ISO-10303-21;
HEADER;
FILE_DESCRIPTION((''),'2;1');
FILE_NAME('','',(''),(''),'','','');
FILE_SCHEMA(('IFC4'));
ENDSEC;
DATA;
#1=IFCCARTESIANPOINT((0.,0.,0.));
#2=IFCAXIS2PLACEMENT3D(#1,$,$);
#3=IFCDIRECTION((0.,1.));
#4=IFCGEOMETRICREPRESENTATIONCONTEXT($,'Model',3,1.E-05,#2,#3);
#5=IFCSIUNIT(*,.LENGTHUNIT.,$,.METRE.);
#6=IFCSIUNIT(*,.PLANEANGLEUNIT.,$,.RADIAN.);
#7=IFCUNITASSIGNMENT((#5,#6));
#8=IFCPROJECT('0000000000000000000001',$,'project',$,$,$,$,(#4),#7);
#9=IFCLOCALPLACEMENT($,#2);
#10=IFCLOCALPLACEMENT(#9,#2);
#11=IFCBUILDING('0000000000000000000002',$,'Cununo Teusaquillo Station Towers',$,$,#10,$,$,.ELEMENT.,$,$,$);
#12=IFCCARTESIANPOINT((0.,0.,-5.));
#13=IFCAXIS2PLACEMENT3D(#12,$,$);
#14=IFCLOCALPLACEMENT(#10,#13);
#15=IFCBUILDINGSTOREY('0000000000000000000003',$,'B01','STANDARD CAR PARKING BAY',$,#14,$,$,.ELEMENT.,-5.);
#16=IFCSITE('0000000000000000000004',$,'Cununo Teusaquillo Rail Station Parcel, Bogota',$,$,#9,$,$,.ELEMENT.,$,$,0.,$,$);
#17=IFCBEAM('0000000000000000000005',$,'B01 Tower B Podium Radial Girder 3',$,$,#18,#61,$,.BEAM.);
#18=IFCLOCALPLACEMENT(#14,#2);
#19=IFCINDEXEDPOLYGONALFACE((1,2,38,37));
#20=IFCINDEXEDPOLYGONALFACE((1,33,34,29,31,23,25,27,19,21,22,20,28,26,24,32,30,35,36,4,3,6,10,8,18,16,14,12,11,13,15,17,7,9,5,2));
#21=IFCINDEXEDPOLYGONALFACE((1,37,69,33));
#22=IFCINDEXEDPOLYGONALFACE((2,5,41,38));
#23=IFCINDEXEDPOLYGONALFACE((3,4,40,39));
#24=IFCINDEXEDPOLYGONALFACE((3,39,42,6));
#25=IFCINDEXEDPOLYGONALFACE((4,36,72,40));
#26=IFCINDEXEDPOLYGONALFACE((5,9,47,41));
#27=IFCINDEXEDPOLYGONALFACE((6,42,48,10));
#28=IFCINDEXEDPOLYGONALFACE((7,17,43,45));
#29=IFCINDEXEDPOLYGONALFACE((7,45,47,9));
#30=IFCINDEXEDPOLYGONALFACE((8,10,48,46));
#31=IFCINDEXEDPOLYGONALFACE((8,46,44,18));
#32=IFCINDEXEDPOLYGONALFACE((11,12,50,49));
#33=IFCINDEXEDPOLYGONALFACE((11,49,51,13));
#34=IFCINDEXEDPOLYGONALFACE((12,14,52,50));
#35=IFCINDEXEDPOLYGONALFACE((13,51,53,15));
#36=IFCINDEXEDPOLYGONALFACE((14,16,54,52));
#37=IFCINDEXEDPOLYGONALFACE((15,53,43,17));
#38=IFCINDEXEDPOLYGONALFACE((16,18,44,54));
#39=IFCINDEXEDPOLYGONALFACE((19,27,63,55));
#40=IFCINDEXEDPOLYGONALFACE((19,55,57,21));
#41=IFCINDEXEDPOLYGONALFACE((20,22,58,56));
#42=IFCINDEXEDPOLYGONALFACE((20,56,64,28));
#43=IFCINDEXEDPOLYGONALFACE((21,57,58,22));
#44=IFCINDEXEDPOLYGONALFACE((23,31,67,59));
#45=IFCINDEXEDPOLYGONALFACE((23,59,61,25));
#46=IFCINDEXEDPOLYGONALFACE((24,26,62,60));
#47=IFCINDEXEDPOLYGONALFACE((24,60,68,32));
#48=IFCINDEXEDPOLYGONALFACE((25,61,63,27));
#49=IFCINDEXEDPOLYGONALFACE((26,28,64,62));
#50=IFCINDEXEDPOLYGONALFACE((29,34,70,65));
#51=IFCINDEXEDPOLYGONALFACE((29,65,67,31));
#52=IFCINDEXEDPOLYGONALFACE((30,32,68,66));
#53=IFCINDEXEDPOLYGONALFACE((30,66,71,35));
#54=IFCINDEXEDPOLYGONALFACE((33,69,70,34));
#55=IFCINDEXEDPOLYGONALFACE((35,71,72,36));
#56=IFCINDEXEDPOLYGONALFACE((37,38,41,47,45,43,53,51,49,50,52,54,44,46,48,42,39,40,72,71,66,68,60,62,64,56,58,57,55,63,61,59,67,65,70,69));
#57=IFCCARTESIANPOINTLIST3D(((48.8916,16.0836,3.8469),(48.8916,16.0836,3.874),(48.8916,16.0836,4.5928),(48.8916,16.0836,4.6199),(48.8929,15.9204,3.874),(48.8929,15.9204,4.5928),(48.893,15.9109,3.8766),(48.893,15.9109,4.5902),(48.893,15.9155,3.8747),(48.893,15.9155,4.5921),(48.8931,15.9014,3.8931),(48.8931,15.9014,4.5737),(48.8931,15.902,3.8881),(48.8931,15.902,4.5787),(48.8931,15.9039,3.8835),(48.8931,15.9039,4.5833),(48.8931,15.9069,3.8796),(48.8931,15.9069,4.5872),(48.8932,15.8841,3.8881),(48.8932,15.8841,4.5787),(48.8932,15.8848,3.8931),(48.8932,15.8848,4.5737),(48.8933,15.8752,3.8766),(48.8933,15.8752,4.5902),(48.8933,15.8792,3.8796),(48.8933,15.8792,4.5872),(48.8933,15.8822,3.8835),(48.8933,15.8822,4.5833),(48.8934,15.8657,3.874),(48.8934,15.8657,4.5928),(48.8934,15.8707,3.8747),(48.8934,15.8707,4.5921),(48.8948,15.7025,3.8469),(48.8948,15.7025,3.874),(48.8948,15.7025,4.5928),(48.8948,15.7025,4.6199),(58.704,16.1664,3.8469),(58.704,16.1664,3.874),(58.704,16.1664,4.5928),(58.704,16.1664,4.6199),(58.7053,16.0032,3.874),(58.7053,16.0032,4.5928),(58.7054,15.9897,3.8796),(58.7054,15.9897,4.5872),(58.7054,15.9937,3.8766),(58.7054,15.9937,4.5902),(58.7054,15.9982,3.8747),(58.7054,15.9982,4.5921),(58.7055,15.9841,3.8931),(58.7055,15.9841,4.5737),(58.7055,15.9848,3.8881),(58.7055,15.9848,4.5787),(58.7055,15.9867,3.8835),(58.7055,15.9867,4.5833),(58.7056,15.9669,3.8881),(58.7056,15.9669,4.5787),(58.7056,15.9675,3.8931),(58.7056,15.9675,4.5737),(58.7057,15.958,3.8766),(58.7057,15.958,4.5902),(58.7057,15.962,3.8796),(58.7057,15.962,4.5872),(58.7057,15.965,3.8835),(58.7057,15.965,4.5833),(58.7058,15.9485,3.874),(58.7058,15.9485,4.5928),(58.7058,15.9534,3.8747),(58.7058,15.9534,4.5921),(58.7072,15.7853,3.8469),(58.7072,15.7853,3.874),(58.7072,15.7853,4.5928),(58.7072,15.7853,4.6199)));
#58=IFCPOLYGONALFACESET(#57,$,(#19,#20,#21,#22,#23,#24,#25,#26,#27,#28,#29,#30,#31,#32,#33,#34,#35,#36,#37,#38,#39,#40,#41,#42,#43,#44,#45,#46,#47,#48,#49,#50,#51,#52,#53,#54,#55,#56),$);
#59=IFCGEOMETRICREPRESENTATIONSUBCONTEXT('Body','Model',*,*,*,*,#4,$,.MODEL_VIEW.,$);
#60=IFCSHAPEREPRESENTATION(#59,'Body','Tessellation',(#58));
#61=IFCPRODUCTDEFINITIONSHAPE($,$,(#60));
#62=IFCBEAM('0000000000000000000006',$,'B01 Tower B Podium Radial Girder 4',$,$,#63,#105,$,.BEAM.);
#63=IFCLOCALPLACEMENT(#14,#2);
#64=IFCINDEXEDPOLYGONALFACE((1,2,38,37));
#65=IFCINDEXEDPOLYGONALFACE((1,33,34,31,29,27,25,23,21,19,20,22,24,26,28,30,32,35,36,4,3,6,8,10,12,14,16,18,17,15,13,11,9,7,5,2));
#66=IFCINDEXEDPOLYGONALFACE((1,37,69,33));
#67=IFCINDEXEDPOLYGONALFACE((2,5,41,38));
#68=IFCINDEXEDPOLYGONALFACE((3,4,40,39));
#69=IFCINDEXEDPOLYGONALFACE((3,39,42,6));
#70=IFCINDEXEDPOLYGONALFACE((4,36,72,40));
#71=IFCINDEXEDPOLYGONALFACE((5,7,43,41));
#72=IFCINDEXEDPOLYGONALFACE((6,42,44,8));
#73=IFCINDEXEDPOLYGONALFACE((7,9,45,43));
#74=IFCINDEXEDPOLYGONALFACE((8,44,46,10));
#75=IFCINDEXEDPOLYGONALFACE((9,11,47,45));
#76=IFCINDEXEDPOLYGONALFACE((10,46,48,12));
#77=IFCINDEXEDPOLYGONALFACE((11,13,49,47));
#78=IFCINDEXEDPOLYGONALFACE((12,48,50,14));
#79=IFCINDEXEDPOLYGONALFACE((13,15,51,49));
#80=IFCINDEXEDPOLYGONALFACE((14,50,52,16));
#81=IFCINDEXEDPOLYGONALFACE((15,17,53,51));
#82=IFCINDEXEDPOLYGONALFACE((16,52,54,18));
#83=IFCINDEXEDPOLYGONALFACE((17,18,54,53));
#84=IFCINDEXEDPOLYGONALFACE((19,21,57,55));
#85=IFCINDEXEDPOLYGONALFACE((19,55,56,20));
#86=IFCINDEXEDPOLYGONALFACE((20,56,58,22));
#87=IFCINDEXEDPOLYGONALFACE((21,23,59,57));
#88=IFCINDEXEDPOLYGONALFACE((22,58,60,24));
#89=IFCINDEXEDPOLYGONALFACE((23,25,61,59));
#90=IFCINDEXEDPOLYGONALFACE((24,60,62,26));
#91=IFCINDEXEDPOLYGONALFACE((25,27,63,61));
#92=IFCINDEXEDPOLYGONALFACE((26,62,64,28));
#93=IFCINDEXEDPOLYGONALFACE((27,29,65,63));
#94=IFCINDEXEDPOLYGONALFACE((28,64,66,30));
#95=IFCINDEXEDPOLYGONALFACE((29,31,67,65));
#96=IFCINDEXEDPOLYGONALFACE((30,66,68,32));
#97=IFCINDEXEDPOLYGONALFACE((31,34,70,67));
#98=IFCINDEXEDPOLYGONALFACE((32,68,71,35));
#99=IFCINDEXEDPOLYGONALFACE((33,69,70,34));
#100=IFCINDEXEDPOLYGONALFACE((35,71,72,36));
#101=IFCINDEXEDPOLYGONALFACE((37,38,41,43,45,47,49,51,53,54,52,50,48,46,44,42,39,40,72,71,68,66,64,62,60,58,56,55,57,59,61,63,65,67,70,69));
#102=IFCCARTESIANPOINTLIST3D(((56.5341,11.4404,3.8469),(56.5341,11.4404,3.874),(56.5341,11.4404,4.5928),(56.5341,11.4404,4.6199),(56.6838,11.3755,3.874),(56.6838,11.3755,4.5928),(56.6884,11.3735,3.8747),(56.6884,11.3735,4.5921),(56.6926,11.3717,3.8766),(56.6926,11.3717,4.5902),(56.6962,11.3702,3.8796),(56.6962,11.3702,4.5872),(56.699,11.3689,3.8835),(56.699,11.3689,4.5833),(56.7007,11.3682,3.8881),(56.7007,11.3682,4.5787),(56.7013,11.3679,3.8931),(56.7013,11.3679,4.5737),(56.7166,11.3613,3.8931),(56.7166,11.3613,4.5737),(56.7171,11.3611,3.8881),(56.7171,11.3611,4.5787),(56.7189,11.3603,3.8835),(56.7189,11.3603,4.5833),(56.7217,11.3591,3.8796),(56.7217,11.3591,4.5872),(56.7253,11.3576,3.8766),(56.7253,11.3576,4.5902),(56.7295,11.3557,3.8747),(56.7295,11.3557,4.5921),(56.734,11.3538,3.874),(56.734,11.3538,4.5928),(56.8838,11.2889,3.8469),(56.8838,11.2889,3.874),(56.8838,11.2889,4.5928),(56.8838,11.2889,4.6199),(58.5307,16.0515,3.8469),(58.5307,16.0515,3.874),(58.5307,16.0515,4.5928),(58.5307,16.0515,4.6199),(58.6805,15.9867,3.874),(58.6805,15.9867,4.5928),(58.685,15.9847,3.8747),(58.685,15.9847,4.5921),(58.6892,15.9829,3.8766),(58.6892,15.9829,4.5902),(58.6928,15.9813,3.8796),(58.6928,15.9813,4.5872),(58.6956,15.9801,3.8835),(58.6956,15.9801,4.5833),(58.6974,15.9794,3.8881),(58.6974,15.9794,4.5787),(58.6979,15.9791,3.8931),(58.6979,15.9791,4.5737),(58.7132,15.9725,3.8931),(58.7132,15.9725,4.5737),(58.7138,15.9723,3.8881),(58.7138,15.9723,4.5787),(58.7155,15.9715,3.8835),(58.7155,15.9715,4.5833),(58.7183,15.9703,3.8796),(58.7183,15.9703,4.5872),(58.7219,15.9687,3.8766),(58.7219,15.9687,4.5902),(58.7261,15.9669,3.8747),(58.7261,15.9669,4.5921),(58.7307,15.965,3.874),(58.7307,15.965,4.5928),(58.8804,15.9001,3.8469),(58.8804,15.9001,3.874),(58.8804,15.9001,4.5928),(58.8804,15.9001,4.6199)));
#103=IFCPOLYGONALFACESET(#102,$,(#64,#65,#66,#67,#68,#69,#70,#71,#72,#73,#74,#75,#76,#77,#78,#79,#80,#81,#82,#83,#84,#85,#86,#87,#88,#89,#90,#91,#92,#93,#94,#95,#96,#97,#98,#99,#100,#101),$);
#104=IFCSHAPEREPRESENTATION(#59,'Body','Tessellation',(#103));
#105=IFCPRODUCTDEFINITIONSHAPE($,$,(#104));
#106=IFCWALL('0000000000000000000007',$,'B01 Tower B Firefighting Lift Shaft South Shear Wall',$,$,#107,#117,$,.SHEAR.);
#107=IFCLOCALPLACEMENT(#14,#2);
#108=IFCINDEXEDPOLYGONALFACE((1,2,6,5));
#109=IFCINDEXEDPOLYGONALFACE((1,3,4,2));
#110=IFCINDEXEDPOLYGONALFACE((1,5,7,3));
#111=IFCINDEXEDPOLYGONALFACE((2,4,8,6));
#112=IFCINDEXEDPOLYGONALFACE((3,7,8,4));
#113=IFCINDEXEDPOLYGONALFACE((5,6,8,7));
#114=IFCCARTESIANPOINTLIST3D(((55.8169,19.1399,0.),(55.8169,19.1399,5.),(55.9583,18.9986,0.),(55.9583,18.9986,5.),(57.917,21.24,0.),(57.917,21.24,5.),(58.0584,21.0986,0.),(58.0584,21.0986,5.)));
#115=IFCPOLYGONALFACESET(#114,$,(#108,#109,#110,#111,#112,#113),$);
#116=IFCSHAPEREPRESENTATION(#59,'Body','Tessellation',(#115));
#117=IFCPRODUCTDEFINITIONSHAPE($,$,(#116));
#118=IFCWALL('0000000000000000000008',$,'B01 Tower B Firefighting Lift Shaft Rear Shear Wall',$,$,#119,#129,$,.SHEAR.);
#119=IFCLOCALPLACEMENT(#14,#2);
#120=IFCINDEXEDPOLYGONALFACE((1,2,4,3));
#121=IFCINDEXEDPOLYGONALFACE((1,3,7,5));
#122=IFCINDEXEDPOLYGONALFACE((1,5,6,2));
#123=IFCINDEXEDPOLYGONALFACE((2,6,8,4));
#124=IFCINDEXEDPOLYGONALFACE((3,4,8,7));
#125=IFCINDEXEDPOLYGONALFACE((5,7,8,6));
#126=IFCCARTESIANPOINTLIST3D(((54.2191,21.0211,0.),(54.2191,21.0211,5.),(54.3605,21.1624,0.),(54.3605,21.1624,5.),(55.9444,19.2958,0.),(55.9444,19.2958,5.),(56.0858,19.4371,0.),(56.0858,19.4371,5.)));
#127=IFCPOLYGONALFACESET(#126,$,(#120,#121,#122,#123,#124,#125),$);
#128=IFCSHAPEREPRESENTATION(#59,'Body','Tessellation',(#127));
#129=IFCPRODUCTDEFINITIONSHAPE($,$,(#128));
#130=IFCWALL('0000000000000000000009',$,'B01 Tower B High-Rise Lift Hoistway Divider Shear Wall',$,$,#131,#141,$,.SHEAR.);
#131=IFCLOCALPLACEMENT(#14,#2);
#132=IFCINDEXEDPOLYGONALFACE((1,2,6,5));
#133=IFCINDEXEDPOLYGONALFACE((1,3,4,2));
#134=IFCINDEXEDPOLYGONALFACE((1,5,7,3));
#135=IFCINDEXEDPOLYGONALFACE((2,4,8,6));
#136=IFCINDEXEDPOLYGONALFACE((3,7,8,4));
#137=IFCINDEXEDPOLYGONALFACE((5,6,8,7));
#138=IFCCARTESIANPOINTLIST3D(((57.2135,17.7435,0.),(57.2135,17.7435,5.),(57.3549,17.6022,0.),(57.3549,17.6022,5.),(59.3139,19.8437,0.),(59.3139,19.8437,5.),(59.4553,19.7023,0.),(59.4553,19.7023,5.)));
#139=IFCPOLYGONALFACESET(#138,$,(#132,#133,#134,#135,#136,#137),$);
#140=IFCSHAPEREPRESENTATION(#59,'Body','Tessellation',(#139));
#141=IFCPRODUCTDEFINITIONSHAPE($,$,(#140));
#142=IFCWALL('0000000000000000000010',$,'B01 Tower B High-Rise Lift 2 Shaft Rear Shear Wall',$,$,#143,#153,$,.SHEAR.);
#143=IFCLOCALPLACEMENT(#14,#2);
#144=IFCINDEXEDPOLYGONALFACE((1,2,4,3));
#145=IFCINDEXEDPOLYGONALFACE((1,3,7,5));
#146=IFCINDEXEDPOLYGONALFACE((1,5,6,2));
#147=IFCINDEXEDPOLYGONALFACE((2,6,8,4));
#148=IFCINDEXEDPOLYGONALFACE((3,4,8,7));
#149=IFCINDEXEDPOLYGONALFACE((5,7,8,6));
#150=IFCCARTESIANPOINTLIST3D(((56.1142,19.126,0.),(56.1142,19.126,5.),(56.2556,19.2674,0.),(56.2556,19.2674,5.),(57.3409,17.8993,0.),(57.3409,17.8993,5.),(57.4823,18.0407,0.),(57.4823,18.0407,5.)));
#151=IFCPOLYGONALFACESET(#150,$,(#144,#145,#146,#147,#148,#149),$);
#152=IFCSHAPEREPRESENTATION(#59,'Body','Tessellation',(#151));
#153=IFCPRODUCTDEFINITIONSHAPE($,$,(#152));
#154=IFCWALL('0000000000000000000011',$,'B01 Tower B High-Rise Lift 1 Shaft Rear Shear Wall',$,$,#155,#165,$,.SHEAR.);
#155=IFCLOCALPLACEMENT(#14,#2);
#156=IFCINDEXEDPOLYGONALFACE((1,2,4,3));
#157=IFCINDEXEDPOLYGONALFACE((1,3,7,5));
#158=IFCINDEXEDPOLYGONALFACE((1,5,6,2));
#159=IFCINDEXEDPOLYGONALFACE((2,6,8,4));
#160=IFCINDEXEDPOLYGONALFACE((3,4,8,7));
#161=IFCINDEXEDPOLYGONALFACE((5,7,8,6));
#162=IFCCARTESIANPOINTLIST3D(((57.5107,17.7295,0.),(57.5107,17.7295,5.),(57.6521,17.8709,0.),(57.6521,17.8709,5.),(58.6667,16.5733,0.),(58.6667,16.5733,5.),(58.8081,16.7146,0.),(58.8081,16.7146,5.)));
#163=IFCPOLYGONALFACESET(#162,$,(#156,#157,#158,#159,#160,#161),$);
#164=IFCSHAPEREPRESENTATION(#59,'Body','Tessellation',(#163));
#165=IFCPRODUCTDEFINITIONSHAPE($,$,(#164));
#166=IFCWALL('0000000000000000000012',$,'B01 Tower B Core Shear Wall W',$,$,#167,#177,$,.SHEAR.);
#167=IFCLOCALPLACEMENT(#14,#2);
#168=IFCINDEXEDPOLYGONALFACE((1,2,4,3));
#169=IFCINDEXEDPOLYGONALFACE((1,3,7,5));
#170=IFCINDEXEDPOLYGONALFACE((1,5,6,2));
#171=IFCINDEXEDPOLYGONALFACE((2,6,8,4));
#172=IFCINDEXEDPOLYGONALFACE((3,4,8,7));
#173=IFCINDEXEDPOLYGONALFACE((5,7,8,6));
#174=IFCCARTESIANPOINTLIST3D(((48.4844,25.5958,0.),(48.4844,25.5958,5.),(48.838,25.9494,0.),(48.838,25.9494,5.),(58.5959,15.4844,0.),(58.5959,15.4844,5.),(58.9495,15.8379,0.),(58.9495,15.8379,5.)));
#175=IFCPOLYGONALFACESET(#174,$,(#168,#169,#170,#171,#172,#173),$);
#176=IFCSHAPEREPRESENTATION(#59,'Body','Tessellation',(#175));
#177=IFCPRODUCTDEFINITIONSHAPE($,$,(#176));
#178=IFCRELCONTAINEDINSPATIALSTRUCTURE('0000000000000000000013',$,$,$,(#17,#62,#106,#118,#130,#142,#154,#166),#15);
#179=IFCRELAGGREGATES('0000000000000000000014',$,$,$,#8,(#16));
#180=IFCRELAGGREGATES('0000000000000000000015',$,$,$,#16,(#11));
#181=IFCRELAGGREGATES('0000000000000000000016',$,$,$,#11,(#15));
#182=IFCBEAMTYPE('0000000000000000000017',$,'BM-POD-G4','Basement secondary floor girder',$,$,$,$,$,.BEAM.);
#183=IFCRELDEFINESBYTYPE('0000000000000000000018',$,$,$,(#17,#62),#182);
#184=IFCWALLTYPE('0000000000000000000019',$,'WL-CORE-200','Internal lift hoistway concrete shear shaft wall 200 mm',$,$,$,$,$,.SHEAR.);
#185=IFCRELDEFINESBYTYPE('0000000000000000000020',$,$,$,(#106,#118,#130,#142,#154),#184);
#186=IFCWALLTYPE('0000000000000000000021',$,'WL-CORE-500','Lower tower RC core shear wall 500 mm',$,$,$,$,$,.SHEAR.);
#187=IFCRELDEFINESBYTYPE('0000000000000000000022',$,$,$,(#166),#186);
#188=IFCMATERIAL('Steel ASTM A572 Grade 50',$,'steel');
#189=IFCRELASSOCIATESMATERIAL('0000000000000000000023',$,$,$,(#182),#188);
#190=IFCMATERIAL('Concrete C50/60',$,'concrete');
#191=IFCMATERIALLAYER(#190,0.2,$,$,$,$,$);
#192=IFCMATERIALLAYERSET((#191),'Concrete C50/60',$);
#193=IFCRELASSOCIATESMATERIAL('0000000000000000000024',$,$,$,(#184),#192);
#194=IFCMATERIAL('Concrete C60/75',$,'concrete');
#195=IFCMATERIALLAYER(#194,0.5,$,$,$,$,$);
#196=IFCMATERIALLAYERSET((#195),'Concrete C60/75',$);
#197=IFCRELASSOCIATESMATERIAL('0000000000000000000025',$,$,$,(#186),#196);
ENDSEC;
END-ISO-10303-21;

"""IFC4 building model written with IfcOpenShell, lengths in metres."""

from ifc_helpers import new_model, si_unit, direction, frame, frame_2d, origin, origin_2d, place, context, subcontext, project, spatial, rectangle, i_section, extrude, material, layer, layer_set, material_profile, profile_set, type_object, element, save


model = new_model("IFC4")

# Units and contexts
model_context = context("Model", 3, precision=1e-05, world=origin(), true_north=direction((0.0, 1.0)))
body_context = subcontext(model_context, "Body", "Model", "MODEL_VIEW")
ifc_project = project(units=[si_unit("LENGTHUNIT", "METRE"), si_unit("PLANEANGLEUNIT", "RADIAN")], contexts=[model_context])

# Site, building, storey
site_placement = place(None, origin())
site = spatial("IfcSite", under=ifc_project, at=site_placement, Name="Cununo Teusaquillo Rail Station Parcel, Bogota", CompositionType="ELEMENT", RefElevation=0.0)
building_placement = place(site_placement, origin())
building = spatial("IfcBuilding", under=site, at=building_placement, Name="Cununo Teusaquillo Station Towers", CompositionType="ELEMENT")
storey_placement = place(building_placement, frame((0.0, 0.0, -5.0)))
storey = spatial("IfcBuildingStorey", under=building, at=storey_placement, Name="B01", Description="STANDARD CAR PARKING BAY", CompositionType="ELEMENT", Elevation=-5.0)

# Beams
ifc_material_1 = material(Name="Steel ASTM A572 Grade 50", Category="steel")
ifc_material_profile_1 = material_profile(ifc_material_1, i_section(OverallWidth=0.3811, OverallDepth=0.7729, WebThickness=0.0166, FlangeThickness=0.0271, FilletRadius=0.019, at=origin_2d()), Name="W30X173")
ifc_profile_set_1 = profile_set([ifc_material_profile_1], Name="Steel ASTM A572 Grade 50")
beam_type_1 = type_object("IfcBeamType", Name="BM-POD-G4", Description="Basement secondary floor girder", PredefinedType="BEAM", material=ifc_profile_set_1)
beam_1_placement = place(storey_placement, frame((58.7056, 15.9758, 4.2334), z_axis=(-0.999964, -0.008434, 0.0), x_axis=(0.008434, -0.999964, 0.0)))
element("IfcBeam", 1, at=beam_1_placement, inside=storey, type_object=beam_type_1, Name="B01 Tower B Podium Radial Girder 3", PredefinedType="BEAM", context=body_context, shape_type="SweptSolid", body=[
    extrude(i_section(OverallWidth=0.3811, OverallDepth=0.7729, WebThickness=0.0166, FlangeThickness=0.0271, FilletRadius=0.019, at=origin_2d()), origin(), (0.0, 0.0, 1.0), 9.8127),
])
beam_2_placement = place(storey_placement, frame((58.7056, 15.9758, 4.2334), z_axis=(-0.397347, -0.917668, 0.0), x_axis=(0.917668, -0.397347, 0.0)))
element("IfcBeam", 2, at=beam_2_placement, inside=storey, type_object=beam_type_1, Name="B01 Tower B Podium Radial Girder 4", PredefinedType="BEAM", context=body_context, shape_type="SweptSolid", body=[
    extrude(i_section(OverallWidth=0.3811, OverallDepth=0.7729, WebThickness=0.0166, FlangeThickness=0.0271, FilletRadius=0.019, at=origin_2d()), origin(), (0.0, 0.0, 1.0), 5.0249),
])

# Walls
ifc_material_2 = material(Name="Concrete C50/60", Category="concrete")
ifc_layer_1 = layer(ifc_material_2, 0.2)
ifc_layer_set_1 = layer_set([ifc_layer_1], Name="Concrete C50/60")
wall_type_1 = type_object("IfcWallType", Name="WL-CORE-200", Description="Internal lift hoistway concrete shear shaft wall 200 mm", PredefinedType="SHEAR", material=ifc_layer_set_1)
wall_1_placement = place(storey_placement, frame((55.8877, 19.0693, 0.0), z_axis=(0.0, 0.0, 1.0), x_axis=(0.707107, 0.707107, 0.0)))
element("IfcWall", 3, at=wall_1_placement, inside=storey, type_object=wall_type_1, Name="B01 Tower B Firefighting Lift Shaft South Shear Wall", PredefinedType="SHEAR", context=body_context, shape_type="SweptSolid", body=[
    extrude(rectangle(XDim=2.97, YDim=0.2, at=frame_2d((1.4849, 0.0))), origin(), (0.0, 0.0, 1.0), 5.0),
])
wall_2_placement = place(storey_placement, frame((56.0151, 19.3665, 0.0), z_axis=(0.0, 0.0, 1.0), x_axis=(-0.707107, 0.707107, 0.0)))
element("IfcWall", 4, at=wall_2_placement, inside=storey, type_object=wall_type_1, Name="B01 Tower B Firefighting Lift Shaft Rear Shear Wall", PredefinedType="SHEAR", context=body_context, shape_type="SweptSolid", body=[
    extrude(rectangle(XDim=2.4399, YDim=0.2, at=frame_2d((1.22, 0.0))), origin(), (0.0, 0.0, 1.0), 5.0),
])
wall_3_placement = place(storey_placement, frame((57.2842, 17.6729, 0.0), z_axis=(0.0, 0.0, 1.0), x_axis=(0.707148, 0.707066, 0.0)))
element("IfcWall", 5, at=wall_3_placement, inside=storey, type_object=wall_type_1, Name="B01 Tower B High-Rise Lift Hoistway Divider Shear Wall", PredefinedType="SHEAR", context=body_context, shape_type="SweptSolid", body=[
    extrude(rectangle(XDim=2.9702, YDim=0.2, at=frame_2d((1.4851, 0.0))), origin(), (0.0, 0.0, 1.0), 5.0),
])
wall_4_placement = place(storey_placement, frame((57.4116, 17.97, 0.0), z_axis=(0.0, 0.0, 1.0), x_axis=(-0.707107, 0.707107, 0.0)))
element("IfcWall", 6, at=wall_4_placement, inside=storey, type_object=wall_type_1, Name="B01 Tower B High-Rise Lift 2 Shaft Rear Shear Wall", PredefinedType="SHEAR", context=body_context, shape_type="SweptSolid", body=[
    extrude(rectangle(XDim=1.7349, YDim=0.2, at=frame_2d((0.8674, 0.0))), origin(), (0.0, 0.0, 1.0), 5.0),
])
wall_5_placement = place(storey_placement, frame((58.7373, 16.644, 0.0), z_axis=(0.0, 0.0, 1.0), x_axis=(-0.707032, 0.707181, 0.0)))
element("IfcWall", 7, at=wall_5_placement, inside=storey, type_object=wall_type_1, Name="B01 Tower B High-Rise Lift 1 Shaft Rear Shear Wall", PredefinedType="SHEAR", context=body_context, shape_type="SweptSolid", body=[
    extrude(rectangle(XDim=1.635, YDim=0.2, at=frame_2d((0.8174, 0.0))), origin(), (0.0, 0.0, 1.0), 5.0),
])
ifc_material_3 = material(Name="Concrete C60/75", Category="concrete")
ifc_layer_2 = layer(ifc_material_3, 0.5)
ifc_layer_set_2 = layer_set([ifc_layer_2], Name="Concrete C60/75")
wall_type_2 = type_object("IfcWallType", Name="WL-CORE-500", Description="Lower tower RC core shear wall 500 mm", PredefinedType="SHEAR", material=ifc_layer_set_2)
wall_6_placement = place(storey_placement, frame((58.7727, 15.6611, 0.0), z_axis=(0.0, 0.0, 1.0), x_axis=(-0.707107, 0.707107, 0.0)))
element("IfcWall", 8, at=wall_6_placement, inside=storey, type_object=wall_type_2, Name="B01 Tower B Core Shear Wall W", PredefinedType="SHEAR", context=body_context, shape_type="SweptSolid", body=[
    extrude(rectangle(XDim=14.2998, YDim=0.5, at=frame_2d((7.1499, 0.0))), origin(), (0.0, 0.0, 1.0), 5.0),
])

save(model, "model.ifc")
